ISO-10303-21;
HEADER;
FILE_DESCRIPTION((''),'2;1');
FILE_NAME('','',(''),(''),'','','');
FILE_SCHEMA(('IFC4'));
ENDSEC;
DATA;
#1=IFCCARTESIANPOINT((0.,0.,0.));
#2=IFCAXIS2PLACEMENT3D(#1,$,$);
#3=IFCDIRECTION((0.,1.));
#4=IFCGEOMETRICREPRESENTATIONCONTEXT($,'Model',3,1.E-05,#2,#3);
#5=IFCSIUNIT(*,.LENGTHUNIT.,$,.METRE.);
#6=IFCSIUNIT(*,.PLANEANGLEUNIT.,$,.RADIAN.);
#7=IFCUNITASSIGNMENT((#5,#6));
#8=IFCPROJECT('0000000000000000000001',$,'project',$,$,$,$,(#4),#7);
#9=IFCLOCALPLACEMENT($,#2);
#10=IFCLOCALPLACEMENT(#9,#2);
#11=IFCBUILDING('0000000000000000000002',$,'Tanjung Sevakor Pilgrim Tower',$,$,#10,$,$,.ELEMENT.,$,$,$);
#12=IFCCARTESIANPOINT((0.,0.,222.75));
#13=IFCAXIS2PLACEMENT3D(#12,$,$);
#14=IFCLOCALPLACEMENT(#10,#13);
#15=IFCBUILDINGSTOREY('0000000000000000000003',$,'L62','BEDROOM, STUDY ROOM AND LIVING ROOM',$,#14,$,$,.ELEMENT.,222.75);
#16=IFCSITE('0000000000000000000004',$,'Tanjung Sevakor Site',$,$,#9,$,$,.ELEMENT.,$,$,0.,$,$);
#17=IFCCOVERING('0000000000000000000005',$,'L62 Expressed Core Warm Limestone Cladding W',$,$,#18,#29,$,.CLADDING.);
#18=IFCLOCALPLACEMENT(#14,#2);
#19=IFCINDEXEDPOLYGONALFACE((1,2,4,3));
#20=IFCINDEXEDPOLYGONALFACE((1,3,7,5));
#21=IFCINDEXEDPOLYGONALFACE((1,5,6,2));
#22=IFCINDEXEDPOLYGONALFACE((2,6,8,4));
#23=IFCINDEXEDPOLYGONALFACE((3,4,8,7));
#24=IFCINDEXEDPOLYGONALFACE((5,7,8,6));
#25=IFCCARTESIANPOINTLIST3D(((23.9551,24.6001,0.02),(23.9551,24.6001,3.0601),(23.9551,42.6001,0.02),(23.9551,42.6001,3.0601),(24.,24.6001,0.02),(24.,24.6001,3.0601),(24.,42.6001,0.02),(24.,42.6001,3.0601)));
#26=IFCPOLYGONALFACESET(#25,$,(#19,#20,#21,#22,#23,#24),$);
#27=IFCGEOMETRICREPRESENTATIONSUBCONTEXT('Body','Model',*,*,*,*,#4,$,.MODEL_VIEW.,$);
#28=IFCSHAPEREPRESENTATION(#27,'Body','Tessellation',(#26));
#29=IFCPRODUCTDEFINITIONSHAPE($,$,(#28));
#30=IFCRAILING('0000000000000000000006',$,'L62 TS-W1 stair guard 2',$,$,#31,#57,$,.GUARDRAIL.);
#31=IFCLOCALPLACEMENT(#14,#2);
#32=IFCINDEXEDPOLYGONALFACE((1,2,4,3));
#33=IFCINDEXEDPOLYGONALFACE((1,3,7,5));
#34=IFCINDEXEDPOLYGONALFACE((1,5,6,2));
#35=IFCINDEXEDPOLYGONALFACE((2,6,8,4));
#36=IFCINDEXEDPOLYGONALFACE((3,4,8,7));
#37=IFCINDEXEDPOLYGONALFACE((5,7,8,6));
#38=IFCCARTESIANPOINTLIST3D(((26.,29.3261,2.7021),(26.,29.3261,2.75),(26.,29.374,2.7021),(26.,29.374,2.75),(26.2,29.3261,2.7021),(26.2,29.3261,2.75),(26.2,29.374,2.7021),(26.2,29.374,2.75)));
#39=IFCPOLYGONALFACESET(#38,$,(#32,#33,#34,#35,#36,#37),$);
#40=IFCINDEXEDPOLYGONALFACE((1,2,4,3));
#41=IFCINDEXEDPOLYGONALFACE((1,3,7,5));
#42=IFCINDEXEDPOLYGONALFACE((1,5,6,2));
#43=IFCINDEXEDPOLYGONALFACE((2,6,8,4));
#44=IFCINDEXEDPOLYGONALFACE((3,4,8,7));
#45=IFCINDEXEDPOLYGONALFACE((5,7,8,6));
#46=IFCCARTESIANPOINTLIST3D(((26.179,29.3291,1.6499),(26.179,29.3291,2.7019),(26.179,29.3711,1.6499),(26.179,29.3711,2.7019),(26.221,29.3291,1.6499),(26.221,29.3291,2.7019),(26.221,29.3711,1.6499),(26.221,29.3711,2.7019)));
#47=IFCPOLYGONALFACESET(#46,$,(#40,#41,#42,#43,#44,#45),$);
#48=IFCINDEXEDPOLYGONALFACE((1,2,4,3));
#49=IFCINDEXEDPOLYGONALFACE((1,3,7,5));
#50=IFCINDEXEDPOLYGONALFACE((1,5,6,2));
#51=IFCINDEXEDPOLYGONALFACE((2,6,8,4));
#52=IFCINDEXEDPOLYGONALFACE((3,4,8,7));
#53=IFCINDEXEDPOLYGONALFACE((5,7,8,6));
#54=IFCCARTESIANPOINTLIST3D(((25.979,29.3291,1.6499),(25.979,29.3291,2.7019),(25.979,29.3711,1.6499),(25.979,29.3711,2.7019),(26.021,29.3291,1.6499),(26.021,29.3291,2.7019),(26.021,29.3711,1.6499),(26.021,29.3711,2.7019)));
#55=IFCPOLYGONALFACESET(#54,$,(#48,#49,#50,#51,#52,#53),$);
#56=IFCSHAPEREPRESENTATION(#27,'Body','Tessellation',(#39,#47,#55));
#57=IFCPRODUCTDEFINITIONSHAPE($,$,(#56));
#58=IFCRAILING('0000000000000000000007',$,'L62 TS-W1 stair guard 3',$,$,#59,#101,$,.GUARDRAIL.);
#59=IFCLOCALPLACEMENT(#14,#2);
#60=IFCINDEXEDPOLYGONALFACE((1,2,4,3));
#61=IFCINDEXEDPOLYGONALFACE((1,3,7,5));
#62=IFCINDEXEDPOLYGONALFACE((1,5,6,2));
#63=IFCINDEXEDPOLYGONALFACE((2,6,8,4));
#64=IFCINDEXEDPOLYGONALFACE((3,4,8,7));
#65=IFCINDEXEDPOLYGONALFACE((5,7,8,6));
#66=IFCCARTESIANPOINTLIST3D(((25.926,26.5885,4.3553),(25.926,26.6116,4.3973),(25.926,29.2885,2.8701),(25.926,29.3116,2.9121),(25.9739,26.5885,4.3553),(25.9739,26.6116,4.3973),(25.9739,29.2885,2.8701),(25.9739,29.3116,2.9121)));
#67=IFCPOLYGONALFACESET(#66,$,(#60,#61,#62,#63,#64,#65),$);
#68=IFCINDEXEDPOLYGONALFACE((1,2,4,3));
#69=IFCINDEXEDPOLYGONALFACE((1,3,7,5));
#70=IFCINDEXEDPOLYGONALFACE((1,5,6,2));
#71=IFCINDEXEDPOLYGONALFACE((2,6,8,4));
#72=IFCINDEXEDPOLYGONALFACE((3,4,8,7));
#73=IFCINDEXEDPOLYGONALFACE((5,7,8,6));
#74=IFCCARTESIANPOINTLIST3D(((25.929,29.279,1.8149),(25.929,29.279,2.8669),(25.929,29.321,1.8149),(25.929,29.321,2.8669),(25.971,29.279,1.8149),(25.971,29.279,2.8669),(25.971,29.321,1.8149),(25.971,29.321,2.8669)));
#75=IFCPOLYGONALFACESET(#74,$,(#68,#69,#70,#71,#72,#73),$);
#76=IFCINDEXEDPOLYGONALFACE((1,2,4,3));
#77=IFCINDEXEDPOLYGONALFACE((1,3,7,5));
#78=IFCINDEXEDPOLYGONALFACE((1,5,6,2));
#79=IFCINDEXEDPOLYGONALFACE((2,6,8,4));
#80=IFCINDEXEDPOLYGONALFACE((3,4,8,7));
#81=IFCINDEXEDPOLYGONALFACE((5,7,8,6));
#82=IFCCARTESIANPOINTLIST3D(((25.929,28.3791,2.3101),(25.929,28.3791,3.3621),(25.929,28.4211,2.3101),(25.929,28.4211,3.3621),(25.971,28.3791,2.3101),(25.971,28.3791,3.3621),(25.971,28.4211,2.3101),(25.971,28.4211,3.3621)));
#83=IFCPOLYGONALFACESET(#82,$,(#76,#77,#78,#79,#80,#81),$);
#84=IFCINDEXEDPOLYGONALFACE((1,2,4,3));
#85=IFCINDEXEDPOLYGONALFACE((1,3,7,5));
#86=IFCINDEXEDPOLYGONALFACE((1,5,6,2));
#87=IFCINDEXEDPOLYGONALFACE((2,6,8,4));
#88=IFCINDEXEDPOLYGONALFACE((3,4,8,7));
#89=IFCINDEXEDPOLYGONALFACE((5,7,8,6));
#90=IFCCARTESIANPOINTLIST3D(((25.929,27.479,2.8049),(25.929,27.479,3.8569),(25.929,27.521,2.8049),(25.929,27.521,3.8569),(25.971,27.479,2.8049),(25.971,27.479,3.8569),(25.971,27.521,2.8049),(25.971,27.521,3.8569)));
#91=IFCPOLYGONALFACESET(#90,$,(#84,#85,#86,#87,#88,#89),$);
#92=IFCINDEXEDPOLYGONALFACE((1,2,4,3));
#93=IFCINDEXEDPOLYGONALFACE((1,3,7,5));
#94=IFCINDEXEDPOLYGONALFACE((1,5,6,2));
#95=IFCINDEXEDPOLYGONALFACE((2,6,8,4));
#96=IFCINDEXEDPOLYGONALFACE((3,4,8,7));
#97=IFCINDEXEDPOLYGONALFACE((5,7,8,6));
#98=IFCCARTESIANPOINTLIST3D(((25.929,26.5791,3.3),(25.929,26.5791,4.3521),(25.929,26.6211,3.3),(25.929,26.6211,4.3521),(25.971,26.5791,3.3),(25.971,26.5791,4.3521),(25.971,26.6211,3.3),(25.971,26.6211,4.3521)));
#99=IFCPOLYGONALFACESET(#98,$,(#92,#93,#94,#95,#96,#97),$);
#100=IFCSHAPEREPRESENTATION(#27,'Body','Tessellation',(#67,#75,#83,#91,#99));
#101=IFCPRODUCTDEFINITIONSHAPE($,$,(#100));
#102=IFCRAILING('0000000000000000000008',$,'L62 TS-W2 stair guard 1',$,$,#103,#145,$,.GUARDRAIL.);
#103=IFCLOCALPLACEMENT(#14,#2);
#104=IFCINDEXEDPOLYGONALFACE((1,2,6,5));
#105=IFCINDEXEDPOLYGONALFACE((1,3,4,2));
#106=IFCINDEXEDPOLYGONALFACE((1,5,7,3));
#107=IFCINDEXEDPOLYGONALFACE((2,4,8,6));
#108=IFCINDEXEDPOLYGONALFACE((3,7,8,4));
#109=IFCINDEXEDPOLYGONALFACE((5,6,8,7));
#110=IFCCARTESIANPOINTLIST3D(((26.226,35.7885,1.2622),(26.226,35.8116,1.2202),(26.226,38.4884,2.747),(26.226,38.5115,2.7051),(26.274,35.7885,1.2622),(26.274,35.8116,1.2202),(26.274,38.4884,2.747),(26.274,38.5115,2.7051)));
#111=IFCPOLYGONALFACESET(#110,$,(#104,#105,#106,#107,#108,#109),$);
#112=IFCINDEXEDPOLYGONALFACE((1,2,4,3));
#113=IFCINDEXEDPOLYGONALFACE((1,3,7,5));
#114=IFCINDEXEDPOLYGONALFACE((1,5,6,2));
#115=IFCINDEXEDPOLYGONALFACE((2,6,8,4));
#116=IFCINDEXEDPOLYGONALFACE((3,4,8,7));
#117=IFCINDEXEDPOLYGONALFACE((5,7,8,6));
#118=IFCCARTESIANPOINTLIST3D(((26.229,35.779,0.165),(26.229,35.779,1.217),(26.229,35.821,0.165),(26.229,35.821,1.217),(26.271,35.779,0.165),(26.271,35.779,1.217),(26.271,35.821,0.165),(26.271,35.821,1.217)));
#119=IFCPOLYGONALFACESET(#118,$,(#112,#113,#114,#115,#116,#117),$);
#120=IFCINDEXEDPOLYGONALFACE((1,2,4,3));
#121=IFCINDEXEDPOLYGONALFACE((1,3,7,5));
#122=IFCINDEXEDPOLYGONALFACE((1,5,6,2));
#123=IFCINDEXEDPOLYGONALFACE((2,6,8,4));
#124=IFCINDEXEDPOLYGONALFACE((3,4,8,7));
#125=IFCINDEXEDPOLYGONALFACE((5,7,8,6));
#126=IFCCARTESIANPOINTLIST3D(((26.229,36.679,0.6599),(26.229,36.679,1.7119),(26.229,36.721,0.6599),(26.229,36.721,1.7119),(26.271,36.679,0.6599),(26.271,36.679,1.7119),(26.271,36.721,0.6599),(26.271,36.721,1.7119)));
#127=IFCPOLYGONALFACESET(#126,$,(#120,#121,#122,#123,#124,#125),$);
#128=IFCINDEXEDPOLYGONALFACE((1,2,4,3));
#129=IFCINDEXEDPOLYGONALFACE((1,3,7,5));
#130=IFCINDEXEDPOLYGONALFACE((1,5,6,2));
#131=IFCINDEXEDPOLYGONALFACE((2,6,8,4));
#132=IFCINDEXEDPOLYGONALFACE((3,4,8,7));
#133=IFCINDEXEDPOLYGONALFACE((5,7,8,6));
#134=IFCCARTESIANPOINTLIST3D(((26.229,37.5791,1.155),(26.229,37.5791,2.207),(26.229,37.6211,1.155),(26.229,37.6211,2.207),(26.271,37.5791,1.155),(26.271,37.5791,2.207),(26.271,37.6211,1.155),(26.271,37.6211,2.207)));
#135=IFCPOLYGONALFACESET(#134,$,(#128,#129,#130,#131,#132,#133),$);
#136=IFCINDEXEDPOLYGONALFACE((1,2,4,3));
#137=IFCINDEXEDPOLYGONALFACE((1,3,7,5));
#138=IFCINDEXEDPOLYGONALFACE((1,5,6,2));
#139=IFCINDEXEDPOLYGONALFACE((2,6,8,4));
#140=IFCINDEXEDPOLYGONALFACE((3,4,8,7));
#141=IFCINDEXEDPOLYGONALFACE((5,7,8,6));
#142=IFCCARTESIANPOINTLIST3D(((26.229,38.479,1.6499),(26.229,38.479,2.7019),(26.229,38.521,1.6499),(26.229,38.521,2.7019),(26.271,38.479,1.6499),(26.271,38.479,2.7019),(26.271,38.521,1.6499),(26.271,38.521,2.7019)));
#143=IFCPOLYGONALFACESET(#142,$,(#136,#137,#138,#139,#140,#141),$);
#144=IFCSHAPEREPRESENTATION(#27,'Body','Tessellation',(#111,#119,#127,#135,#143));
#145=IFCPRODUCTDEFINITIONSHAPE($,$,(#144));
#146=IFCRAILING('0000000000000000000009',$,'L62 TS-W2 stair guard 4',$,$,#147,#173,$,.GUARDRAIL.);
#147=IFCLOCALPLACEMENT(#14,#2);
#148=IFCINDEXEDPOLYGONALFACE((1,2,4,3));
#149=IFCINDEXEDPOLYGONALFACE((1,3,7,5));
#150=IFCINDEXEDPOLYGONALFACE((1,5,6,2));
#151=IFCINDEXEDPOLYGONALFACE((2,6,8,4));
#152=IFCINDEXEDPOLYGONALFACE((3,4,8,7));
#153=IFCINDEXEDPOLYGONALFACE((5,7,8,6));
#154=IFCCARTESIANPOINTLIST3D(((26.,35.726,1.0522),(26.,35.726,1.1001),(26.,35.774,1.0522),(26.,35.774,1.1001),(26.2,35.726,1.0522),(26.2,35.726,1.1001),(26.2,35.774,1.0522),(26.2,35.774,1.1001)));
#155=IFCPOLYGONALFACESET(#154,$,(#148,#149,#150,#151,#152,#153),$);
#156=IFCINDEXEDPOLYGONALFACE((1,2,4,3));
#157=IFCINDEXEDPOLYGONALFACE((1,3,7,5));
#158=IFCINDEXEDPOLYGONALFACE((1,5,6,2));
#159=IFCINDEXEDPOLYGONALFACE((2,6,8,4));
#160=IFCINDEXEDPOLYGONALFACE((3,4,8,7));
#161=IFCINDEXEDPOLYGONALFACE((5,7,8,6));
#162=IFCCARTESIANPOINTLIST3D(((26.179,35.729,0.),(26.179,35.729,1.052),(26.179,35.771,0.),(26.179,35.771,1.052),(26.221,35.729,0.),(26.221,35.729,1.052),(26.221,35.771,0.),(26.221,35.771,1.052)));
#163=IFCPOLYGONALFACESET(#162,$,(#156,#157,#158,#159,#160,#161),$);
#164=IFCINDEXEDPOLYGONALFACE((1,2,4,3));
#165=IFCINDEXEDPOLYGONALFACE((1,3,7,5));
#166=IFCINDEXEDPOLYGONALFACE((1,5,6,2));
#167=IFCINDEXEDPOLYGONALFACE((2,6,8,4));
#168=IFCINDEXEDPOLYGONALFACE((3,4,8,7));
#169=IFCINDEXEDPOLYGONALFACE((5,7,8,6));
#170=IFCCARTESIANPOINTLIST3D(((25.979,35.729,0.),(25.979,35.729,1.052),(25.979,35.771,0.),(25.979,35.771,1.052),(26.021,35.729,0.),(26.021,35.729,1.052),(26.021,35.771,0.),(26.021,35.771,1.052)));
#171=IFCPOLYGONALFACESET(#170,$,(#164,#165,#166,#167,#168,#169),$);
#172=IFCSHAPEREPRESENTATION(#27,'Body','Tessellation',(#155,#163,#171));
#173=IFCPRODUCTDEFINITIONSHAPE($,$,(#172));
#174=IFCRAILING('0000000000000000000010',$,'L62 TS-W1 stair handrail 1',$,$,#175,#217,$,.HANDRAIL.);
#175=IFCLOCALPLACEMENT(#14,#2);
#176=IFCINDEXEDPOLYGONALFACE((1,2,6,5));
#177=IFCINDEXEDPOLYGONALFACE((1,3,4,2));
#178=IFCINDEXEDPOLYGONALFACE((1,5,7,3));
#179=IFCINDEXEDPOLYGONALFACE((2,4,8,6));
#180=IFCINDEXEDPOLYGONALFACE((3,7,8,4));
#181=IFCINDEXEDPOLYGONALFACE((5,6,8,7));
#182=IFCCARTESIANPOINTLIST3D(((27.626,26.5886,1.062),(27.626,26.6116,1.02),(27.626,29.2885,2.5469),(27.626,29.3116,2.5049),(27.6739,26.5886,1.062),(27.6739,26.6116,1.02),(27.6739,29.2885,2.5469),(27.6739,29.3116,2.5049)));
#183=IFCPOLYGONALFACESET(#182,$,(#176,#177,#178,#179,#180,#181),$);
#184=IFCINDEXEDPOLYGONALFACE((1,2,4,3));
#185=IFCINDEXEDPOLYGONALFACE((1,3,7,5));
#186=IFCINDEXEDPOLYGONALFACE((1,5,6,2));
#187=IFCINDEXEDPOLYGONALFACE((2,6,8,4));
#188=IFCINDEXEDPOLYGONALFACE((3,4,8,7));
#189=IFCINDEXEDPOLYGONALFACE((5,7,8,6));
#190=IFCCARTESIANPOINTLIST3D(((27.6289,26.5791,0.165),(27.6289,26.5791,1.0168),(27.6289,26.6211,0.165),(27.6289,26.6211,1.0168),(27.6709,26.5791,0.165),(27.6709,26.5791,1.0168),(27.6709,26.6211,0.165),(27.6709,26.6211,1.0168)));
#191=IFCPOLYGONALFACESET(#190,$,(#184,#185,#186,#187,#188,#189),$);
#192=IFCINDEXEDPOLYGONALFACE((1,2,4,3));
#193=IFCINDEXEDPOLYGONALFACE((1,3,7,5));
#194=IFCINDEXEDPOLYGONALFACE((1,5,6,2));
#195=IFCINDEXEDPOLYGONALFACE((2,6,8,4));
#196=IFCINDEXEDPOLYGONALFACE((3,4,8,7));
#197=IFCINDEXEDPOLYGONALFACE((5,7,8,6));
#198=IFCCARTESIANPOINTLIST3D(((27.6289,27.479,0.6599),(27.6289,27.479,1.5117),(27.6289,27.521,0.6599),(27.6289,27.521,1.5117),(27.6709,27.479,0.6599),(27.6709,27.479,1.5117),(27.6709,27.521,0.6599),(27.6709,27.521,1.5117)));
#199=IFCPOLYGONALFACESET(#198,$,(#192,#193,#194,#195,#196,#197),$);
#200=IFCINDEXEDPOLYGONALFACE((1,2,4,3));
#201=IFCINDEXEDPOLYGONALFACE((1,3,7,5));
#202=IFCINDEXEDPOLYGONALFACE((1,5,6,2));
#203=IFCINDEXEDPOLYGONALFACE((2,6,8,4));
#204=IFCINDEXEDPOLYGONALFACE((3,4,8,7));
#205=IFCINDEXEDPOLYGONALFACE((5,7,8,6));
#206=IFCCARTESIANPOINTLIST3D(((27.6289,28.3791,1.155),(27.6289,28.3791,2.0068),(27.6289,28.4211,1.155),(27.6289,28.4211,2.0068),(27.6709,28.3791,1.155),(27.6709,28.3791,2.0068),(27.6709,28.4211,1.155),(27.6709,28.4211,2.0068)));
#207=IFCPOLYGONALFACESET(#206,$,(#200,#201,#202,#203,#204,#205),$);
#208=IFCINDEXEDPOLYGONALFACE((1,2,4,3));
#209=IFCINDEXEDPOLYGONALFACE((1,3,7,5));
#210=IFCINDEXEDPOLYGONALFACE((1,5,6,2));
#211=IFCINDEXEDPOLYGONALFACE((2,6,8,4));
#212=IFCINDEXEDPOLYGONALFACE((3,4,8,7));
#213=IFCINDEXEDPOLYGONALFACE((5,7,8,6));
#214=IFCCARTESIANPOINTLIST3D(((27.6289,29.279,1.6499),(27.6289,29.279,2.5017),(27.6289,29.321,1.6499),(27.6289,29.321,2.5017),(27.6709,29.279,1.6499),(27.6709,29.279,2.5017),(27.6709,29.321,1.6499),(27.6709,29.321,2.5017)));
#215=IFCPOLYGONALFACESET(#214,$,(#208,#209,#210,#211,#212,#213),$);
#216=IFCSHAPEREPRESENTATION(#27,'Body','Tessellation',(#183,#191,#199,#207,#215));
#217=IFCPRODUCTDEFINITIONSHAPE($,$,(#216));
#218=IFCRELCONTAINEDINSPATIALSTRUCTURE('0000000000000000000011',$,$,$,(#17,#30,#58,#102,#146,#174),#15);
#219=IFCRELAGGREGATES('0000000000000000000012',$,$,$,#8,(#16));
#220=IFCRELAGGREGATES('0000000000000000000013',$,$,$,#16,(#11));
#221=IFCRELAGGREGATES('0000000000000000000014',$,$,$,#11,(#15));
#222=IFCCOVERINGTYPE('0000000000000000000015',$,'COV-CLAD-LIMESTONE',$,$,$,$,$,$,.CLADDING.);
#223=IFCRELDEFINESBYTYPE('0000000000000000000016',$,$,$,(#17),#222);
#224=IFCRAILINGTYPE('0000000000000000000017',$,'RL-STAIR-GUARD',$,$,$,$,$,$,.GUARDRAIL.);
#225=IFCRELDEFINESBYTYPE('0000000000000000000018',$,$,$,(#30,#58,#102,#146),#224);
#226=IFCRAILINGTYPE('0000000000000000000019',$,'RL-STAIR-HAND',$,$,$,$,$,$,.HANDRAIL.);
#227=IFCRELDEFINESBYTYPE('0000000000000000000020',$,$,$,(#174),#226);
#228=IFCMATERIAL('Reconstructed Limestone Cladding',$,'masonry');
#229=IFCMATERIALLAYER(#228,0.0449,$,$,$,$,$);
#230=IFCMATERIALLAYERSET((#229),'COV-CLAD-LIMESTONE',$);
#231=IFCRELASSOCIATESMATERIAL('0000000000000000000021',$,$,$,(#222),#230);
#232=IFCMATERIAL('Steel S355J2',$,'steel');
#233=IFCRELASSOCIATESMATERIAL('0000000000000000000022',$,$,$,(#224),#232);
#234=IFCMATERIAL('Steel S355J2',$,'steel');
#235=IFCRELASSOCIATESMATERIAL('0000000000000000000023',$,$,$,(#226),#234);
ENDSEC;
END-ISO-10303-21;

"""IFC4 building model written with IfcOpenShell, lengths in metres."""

from ifc_helpers import new_model, si_unit, direction, frame, origin, origin_2d, place, context, subcontext, project, spatial, rectangle, extrude, material, layer, layer_set, type_object, element, save


model = new_model("IFC4")

# Units and contexts
model_context = context("Model", 3, precision=1e-05, world=origin(), true_north=direction((0.0, 1.0)))
body_context = subcontext(model_context, "Body", "Model", "MODEL_VIEW")
ifc_project = project(units=[si_unit("LENGTHUNIT", "METRE"), si_unit("PLANEANGLEUNIT", "RADIAN")], contexts=[model_context])

# Site, building, storey
site_placement = place(None, origin())
site = spatial("IfcSite", under=ifc_project, at=site_placement, Name="Tanjung Sevakor Site", CompositionType="ELEMENT", RefElevation=0.0)
building_placement = place(site_placement, origin())
building = spatial("IfcBuilding", under=site, at=building_placement, Name="Tanjung Sevakor Pilgrim Tower", CompositionType="ELEMENT")
storey_placement = place(building_placement, frame((0.0, 0.0, 222.75)))
storey = spatial("IfcBuildingStorey", under=building, at=storey_placement, Name="L62", Description="BEDROOM, STUDY ROOM AND LIVING ROOM", CompositionType="ELEMENT", Elevation=222.75)

# Covering
ifc_material_1 = material(Name="Reconstructed Limestone Cladding", Category="masonry")
ifc_layer_1 = layer(ifc_material_1, 0.0449)
ifc_layer_set_1 = layer_set([ifc_layer_1], Name="COV-CLAD-LIMESTONE")
covering_type = type_object("IfcCoveringType", Name="COV-CLAD-LIMESTONE", PredefinedType="CLADDING", material=ifc_layer_set_1)
covering_1_placement = place(storey_placement, frame((23.9775, 33.6001, 0.02), z_axis=(0.0, 0.0, 1.0), x_axis=(1.0, 0.0, 0.0)))
element("IfcCovering", 1, at=covering_1_placement, inside=storey, type_object=covering_type, Name="L62 Expressed Core Warm Limestone Cladding W", PredefinedType="CLADDING", context=body_context, shape_type="SweptSolid", body=[
    extrude(rectangle(XDim=0.0449, YDim=18.0, at=origin_2d()), origin(), (0.0, 0.0, 1.0), 3.04),
])

# Railings
ifc_material_2 = material(Name="Steel S355J2", Category="steel")
railing_type_1 = type_object("IfcRailingType", Name="RL-STAIR-GUARD", PredefinedType="GUARDRAIL", material=ifc_material_2)
railing_1_placement = place(storey_placement, frame((26.2, 29.3501, 1.6499)))
element("IfcRailing", 2, at=railing_1_placement, inside=storey, type_object=railing_type_1, Name="L62 TS-W1 stair guard 2", PredefinedType="GUARDRAIL", context=body_context, shape_type="SweptSolid", body=[
    extrude(rectangle(XDim=0.0479, YDim=0.0479), frame((0.0, 0.0, 1.0762), z_axis=(-1.0, 0.0, 0.0), x_axis=(0.0, -1.0, 0.0)), (0.0, 0.0, 1.0), 0.2),
    extrude(rectangle(XDim=0.042, YDim=0.042), origin(), (0.0, 0.0, 1.0), 1.052),
    extrude(rectangle(XDim=0.042, YDim=0.042), frame((-0.2, 0.0, 0.0)), (0.0, 0.0, 1.0), 1.052),
])
railing_2_placement = place(storey_placement, frame((25.95, 29.3, 1.8149)))
element("IfcRailing", 3, at=railing_2_placement, inside=storey, type_object=railing_type_1, Name="L62 TS-W1 stair guard 3", PredefinedType="GUARDRAIL", context=body_context, shape_type="SweptSolid", body=[
    extrude(rectangle(XDim=0.0479, YDim=0.0479), frame((0.0, 0.0, 1.0762), z_axis=(0.0, -0.876198, 0.481952), x_axis=(1.0, 0.0, 0.0)), (0.0, 0.0, 1.0), 3.0815),
    extrude(rectangle(XDim=0.042, YDim=0.042), origin(), (0.0, 0.0, 1.0), 1.052),
    extrude(rectangle(XDim=0.042, YDim=0.042), frame((0.0, -0.8999, 0.4951)), (0.0, 0.0, 1.0), 1.052),
    extrude(rectangle(XDim=0.042, YDim=0.042), frame((0.0, -1.8, 0.99)), (0.0, 0.0, 1.0), 1.052),
    extrude(rectangle(XDim=0.042, YDim=0.042), frame((0.0, -2.7, 1.4851)), (0.0, 0.0, 1.0), 1.052),
])
railing_3_placement = place(storey_placement, frame((26.25, 35.8, 0.165)))
element("IfcRailing", 4, at=railing_3_placement, inside=storey, type_object=railing_type_1, Name="L62 TS-W2 stair guard 1", PredefinedType="GUARDRAIL", context=body_context, shape_type="SweptSolid", body=[
    extrude(rectangle(XDim=0.0479, YDim=0.0479), frame((0.0, 0.0, 1.0762), z_axis=(0.0, 0.876231, 0.481891), x_axis=(-1.0, 0.0, 0.0)), (0.0, 0.0, 1.0), 3.0813),
    extrude(rectangle(XDim=0.042, YDim=0.042), origin(), (0.0, 0.0, 1.0), 1.052),
    extrude(rectangle(XDim=0.042, YDim=0.042), frame((0.0, 0.8999, 0.4949)), (0.0, 0.0, 1.0), 1.052),
    extrude(rectangle(XDim=0.042, YDim=0.042), frame((0.0, 1.8, 0.99)), (0.0, 0.0, 1.0), 1.052),
    extrude(rectangle(XDim=0.042, YDim=0.042), frame((0.0, 2.7, 1.4849)), (0.0, 0.0, 1.0), 1.052),
])
railing_4_placement = place(storey_placement, frame((26.2, 35.75, 0.0)))
element("IfcRailing", 5, at=railing_4_placement, inside=storey, type_object=railing_type_1, Name="L62 TS-W2 stair guard 4", PredefinedType="GUARDRAIL", context=body_context, shape_type="SweptSolid", body=[
    extrude(rectangle(XDim=0.0479, YDim=0.0479), frame((0.0, 0.0, 1.0762), z_axis=(-1.0, 0.0, 0.0), x_axis=(0.0, -1.0, 0.0)), (0.0, 0.0, 1.0), 0.2),
    extrude(rectangle(XDim=0.042, YDim=0.042), origin(), (0.0, 0.0, 1.0), 1.052),
    extrude(rectangle(XDim=0.042, YDim=0.042), frame((-0.2, 0.0, 0.0)), (0.0, 0.0, 1.0), 1.052),
])
ifc_material_3 = material(Name="Steel S355J2", Category="steel")
railing_type_2 = type_object("IfcRailingType", Name="RL-STAIR-HAND", PredefinedType="HANDRAIL", material=ifc_material_3)
railing_5_placement = place(storey_placement, frame((27.6499, 26.6001, 0.165)))
element("IfcRailing", 6, at=railing_5_placement, inside=storey, type_object=railing_type_2, Name="L62 TS-W1 stair handrail 1", PredefinedType="HANDRAIL", context=body_context, shape_type="SweptSolid", body=[
    extrude(rectangle(XDim=0.0479, YDim=0.0479), frame((0.0, 0.0, 0.876), z_axis=(0.0, 0.876231, 0.481891), x_axis=(-1.0, 0.0, 0.0)), (0.0, 0.0, 1.0), 3.0813),
    extrude(rectangle(XDim=0.042, YDim=0.042), origin(), (0.0, 0.0, 1.0), 0.8518),
    extrude(rectangle(XDim=0.042, YDim=0.042), frame((0.0, 0.8999, 0.4949)), (0.0, 0.0, 1.0), 0.8518),
    extrude(rectangle(XDim=0.042, YDim=0.042), frame((0.0, 1.8, 0.99)), (0.0, 0.0, 1.0), 0.8518),
    extrude(rectangle(XDim=0.042, YDim=0.042), frame((0.0, 2.7, 1.4849)), (0.0, 0.0, 1.0), 0.8518),
])

save(model, "model.ifc")
